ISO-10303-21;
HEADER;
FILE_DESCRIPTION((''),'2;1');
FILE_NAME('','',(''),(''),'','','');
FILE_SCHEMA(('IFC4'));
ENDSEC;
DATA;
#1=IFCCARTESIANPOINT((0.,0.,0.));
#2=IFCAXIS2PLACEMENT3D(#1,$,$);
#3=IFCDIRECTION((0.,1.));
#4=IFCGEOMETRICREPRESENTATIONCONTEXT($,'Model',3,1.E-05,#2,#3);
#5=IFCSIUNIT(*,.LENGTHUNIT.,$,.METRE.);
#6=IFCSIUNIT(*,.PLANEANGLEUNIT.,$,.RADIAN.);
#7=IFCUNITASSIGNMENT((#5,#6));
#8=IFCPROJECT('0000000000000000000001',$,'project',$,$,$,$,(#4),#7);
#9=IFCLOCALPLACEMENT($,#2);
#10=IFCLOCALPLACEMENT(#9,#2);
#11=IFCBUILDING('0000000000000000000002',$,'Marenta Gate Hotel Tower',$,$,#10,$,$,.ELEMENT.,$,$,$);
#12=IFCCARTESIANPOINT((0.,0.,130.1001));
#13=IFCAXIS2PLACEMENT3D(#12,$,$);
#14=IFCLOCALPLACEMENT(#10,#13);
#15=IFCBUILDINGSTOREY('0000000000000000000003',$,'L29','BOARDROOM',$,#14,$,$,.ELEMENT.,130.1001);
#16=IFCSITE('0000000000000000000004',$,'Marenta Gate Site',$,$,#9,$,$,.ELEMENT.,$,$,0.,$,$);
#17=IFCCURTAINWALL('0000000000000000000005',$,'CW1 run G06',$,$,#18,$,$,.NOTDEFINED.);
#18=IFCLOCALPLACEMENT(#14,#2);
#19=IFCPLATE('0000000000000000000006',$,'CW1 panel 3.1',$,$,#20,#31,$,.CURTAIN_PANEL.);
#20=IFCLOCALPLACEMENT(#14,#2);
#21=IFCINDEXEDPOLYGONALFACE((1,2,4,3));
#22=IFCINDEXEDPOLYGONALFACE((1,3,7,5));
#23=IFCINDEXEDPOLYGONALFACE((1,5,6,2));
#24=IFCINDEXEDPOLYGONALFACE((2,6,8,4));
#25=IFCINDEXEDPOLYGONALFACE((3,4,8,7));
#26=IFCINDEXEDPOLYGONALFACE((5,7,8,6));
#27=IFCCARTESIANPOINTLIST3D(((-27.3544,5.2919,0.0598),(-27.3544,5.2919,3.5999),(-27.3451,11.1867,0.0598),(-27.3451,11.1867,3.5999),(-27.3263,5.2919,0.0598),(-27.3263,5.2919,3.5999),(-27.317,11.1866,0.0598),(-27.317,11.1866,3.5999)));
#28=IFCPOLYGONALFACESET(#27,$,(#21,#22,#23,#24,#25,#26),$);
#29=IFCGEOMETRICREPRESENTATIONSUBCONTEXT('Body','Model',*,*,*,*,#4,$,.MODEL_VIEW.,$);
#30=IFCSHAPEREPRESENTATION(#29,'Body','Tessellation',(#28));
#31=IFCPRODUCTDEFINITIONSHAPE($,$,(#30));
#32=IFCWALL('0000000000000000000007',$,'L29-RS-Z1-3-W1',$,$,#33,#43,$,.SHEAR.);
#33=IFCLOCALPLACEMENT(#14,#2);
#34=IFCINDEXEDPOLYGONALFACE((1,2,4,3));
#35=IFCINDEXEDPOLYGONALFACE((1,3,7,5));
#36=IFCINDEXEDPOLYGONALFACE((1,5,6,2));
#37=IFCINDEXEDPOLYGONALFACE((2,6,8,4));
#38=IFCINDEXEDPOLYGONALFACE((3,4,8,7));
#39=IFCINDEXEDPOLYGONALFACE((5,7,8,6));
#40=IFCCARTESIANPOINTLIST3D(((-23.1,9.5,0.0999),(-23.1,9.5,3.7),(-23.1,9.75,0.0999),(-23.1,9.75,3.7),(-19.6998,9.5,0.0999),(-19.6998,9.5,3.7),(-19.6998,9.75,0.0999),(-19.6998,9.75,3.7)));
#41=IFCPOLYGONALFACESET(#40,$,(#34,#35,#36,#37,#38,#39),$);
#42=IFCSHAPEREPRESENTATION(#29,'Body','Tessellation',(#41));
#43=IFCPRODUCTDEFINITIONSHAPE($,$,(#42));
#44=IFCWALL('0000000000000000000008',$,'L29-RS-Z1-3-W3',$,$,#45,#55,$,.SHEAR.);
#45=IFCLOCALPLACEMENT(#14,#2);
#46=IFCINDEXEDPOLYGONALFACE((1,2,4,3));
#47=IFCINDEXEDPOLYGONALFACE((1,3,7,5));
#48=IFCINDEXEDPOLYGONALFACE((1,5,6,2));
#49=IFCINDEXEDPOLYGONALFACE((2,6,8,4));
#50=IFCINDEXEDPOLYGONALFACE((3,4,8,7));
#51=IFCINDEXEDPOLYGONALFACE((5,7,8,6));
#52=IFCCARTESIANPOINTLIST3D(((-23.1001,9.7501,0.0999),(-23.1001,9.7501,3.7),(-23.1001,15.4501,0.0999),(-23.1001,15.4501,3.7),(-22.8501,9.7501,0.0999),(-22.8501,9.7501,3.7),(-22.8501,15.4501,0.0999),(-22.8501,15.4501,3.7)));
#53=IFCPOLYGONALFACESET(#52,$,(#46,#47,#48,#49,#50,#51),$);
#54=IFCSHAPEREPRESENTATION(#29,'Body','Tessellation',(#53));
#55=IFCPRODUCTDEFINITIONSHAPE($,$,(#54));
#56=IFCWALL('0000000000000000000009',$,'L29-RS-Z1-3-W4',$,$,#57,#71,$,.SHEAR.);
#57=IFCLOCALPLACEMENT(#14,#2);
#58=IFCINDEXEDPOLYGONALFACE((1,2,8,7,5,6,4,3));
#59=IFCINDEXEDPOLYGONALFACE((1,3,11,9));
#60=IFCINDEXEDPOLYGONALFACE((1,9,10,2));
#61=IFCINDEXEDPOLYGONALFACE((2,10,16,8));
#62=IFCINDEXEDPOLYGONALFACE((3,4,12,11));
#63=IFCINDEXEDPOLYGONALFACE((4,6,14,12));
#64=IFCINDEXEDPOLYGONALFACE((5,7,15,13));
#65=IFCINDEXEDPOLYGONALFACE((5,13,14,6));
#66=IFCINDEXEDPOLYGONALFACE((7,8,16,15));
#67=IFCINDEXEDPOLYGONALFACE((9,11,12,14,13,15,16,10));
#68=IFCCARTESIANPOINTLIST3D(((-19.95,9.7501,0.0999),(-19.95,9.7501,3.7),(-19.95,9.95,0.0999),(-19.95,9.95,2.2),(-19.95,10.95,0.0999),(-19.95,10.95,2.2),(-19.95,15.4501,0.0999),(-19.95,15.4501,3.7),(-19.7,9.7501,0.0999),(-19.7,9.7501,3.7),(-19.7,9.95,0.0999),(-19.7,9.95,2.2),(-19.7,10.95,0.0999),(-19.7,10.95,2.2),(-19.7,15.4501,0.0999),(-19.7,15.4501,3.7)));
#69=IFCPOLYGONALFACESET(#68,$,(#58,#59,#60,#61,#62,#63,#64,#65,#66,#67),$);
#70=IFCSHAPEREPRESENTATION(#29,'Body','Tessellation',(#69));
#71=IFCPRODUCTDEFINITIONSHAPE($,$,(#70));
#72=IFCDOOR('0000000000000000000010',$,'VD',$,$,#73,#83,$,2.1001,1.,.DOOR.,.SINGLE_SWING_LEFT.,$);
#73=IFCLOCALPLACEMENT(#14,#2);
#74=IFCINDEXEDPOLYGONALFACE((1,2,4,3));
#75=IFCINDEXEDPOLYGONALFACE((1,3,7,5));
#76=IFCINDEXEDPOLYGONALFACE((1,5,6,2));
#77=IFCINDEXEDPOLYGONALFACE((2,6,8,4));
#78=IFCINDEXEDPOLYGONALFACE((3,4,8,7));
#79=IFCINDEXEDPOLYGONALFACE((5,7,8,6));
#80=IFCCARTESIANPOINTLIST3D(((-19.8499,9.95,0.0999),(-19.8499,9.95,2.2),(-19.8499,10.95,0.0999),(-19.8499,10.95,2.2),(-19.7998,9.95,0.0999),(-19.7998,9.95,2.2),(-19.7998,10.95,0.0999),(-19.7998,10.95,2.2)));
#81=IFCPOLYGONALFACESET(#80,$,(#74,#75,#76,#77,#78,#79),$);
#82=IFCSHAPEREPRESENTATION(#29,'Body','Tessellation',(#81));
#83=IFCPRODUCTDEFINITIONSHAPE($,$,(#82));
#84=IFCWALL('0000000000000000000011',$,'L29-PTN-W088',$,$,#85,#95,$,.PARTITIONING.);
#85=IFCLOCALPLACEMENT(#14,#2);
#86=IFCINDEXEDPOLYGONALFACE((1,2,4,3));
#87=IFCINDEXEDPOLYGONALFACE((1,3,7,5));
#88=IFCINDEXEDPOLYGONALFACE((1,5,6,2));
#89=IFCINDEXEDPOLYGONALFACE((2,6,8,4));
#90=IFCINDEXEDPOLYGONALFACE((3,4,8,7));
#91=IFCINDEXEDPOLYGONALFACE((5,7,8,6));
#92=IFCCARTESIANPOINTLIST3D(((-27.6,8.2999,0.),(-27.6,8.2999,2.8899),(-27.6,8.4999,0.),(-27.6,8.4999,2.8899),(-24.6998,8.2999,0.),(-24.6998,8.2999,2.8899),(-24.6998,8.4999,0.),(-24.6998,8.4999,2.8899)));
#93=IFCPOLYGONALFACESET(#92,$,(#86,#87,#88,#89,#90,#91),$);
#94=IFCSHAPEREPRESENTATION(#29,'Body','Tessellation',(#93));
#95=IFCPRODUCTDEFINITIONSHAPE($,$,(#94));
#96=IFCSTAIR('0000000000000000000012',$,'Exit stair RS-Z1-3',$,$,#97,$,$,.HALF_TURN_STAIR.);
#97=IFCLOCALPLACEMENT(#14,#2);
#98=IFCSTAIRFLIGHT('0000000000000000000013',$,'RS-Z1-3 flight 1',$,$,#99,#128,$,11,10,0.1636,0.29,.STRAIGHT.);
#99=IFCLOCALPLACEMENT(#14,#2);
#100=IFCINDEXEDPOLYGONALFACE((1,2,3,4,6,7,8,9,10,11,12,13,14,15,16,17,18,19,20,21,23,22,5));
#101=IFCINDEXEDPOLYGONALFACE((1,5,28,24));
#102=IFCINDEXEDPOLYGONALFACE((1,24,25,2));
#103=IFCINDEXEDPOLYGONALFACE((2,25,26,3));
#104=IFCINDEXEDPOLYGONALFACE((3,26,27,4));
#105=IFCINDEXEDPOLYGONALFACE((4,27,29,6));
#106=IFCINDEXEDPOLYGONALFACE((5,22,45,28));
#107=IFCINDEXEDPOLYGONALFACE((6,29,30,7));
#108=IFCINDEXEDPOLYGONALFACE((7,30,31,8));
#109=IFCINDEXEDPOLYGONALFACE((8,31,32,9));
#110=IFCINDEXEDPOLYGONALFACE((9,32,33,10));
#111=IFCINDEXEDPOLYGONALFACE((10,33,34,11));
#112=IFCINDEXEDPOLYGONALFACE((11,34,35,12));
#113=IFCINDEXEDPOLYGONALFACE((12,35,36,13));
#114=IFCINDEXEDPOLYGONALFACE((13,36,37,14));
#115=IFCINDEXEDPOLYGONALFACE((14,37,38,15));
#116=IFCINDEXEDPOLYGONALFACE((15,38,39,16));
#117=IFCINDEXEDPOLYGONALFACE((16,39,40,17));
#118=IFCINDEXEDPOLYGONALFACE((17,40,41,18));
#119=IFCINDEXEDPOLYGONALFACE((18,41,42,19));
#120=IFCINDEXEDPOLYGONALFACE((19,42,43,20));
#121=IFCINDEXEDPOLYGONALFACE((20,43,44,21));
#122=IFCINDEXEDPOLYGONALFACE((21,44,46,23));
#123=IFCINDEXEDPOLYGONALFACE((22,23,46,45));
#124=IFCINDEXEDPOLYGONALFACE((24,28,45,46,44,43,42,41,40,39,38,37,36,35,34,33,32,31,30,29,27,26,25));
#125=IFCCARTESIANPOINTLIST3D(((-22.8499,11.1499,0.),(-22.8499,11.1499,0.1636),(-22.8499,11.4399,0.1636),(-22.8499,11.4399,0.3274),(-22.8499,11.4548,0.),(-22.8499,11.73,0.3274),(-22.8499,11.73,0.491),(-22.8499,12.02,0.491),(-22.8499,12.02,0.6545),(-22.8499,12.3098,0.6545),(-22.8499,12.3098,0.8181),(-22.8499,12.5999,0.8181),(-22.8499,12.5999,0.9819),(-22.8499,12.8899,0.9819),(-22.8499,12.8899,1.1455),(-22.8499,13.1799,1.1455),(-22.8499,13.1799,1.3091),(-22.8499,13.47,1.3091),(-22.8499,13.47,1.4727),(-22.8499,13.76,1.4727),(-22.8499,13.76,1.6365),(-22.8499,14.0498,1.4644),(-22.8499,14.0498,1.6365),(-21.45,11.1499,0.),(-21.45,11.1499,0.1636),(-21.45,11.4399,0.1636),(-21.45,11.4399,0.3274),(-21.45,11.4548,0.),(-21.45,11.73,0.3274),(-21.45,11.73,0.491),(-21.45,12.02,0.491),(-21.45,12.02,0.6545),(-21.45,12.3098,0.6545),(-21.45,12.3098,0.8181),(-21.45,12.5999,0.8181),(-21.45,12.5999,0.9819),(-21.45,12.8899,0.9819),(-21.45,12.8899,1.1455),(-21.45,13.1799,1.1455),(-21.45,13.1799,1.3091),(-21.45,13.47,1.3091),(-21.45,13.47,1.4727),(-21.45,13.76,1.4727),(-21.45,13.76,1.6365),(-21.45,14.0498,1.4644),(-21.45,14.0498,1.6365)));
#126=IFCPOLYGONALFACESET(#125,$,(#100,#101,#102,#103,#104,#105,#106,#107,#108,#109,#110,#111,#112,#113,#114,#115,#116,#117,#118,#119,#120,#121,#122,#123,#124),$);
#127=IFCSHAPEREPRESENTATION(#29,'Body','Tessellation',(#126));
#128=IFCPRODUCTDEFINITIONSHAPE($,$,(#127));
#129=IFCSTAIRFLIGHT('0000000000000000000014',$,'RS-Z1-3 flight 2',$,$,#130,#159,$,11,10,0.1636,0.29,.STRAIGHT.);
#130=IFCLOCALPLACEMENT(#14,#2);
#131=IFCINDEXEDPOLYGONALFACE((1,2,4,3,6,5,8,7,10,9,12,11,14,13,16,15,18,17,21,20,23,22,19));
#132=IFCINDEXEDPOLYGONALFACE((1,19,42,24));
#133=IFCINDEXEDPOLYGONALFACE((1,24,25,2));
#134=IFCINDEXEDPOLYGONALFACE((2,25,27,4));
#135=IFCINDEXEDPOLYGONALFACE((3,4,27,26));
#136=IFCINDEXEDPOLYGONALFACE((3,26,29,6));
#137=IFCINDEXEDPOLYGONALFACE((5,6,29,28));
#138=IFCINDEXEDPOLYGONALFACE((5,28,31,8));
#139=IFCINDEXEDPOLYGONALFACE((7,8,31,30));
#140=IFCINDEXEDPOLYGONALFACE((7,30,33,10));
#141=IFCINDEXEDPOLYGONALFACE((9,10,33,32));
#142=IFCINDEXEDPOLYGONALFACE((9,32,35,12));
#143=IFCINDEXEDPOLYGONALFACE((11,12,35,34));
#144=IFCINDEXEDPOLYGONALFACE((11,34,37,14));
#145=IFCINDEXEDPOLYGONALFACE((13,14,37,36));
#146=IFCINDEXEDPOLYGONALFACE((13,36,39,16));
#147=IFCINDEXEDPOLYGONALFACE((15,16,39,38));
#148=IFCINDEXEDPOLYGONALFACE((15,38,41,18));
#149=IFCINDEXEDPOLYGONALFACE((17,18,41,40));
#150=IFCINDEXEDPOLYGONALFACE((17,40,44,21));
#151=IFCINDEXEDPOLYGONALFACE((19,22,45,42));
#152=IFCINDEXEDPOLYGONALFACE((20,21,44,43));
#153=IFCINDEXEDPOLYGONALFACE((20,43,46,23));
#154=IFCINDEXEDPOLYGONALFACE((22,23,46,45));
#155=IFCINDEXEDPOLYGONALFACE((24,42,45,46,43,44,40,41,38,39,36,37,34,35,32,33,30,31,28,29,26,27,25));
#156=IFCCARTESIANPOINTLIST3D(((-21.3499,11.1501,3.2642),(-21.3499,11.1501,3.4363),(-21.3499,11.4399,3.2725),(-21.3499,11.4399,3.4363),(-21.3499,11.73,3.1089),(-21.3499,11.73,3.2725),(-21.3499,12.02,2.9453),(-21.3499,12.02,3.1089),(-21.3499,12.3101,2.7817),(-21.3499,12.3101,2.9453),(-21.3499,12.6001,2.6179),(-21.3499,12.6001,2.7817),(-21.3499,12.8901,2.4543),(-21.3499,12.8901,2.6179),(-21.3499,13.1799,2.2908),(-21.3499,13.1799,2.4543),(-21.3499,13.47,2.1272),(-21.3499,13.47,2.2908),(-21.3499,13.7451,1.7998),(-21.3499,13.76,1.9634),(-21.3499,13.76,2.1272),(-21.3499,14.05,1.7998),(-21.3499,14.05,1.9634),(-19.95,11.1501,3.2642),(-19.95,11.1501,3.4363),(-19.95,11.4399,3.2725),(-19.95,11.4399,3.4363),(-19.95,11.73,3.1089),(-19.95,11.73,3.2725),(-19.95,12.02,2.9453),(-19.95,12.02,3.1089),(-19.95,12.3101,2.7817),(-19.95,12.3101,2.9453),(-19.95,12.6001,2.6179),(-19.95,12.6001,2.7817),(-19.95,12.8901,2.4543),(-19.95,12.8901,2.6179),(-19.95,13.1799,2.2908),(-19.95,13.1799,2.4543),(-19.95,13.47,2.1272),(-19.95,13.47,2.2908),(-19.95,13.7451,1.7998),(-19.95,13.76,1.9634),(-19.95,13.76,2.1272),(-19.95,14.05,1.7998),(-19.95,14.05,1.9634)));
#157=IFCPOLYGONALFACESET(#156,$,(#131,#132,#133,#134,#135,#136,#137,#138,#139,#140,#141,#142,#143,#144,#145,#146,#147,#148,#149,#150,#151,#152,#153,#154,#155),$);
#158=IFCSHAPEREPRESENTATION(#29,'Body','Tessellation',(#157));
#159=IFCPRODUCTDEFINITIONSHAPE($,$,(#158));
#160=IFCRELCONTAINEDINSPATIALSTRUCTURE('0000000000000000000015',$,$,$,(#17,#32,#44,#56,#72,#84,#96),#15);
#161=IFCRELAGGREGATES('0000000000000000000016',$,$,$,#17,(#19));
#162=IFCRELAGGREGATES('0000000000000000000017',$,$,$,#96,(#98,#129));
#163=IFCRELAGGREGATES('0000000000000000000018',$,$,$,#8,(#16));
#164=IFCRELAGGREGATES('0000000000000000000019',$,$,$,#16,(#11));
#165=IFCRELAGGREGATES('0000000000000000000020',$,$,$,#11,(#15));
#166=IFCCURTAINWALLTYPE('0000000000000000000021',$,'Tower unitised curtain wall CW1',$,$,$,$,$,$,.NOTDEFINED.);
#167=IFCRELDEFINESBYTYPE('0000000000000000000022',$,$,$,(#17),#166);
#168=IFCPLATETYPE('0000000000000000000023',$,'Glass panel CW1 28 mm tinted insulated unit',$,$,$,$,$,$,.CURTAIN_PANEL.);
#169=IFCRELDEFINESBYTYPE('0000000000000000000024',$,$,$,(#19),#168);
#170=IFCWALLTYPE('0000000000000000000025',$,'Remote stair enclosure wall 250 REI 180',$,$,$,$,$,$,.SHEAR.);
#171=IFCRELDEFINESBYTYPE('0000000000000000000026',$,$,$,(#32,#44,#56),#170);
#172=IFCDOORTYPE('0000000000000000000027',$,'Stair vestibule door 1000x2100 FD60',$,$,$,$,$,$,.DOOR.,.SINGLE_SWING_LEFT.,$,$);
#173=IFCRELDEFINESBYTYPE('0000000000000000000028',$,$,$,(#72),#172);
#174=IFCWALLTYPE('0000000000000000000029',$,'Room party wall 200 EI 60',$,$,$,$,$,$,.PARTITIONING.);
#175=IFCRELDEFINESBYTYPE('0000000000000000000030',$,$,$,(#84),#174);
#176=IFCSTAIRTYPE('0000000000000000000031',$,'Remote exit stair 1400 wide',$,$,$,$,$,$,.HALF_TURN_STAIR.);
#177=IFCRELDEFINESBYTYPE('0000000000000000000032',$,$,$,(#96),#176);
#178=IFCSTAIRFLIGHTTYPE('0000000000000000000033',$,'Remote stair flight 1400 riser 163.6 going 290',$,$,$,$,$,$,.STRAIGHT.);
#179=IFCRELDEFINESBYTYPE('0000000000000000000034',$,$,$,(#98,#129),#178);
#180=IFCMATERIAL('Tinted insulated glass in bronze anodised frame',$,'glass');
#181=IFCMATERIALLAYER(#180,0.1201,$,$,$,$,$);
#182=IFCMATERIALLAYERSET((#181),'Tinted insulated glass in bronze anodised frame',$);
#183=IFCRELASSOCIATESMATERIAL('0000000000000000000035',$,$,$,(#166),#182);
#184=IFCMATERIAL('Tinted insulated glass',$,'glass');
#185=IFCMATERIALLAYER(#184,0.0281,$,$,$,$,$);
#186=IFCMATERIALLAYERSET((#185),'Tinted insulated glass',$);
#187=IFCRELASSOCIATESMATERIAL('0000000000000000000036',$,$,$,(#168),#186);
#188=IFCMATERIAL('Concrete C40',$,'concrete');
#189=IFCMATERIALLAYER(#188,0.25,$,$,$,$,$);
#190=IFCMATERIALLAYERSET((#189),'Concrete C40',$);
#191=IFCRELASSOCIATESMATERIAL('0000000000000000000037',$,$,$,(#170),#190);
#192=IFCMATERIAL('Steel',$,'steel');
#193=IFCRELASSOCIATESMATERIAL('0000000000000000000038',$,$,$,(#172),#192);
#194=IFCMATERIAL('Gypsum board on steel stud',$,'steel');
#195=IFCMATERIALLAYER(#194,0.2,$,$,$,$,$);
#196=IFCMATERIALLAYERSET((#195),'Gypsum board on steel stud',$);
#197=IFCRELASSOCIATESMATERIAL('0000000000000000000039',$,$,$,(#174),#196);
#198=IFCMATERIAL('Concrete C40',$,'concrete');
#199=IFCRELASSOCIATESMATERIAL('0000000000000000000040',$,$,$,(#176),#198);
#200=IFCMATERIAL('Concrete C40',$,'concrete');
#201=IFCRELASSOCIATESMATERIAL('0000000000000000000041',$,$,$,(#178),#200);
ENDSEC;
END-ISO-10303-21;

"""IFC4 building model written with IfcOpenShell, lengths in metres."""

from ifc_helpers import new_model, si_unit, direction, frame, frame_2d, origin, origin_2d, place, context, subcontext, project, spatial, polyline, rectangle, outline, extrude, material, layer, layer_set, type_object, element, fill, aggregate, save


model = new_model("IFC4")

# Units and contexts
model_context = context("Model", 3, precision=1e-05, world=origin(), true_north=direction((0.0, 1.0)))
body_context = subcontext(model_context, "Body", "Model", "MODEL_VIEW")
ifc_project = project(units=[si_unit("LENGTHUNIT", "METRE"), si_unit("PLANEANGLEUNIT", "RADIAN")], contexts=[model_context])

# Site, building, storey
site_placement = place(None, origin())
site = spatial("IfcSite", under=ifc_project, at=site_placement, Name="Marenta Gate Site", CompositionType="ELEMENT", RefElevation=0.0)
building_placement = place(site_placement, origin())
building = spatial("IfcBuilding", under=site, at=building_placement, Name="Marenta Gate Hotel Tower", CompositionType="ELEMENT")
storey_placement = place(building_placement, frame((0.0, 0.0, 130.1001)))
storey = spatial("IfcBuildingStorey", under=building, at=storey_placement, Name="L29", Description="BOARDROOM", CompositionType="ELEMENT", Elevation=130.1001)

# Curtain wall, plate
ifc_material_1 = material(Name="Tinted insulated glass in bronze anodised frame", Category="glass")
ifc_layer_1 = layer(ifc_material_1, 0.1201)
ifc_layer_set_1 = layer_set([ifc_layer_1], Name="Tinted insulated glass in bronze anodised frame")
curtain_wall_type = type_object("IfcCurtainWallType", Name="Tower unitised curtain wall CW1", PredefinedType="NOTDEFINED", material=ifc_layer_set_1)
curtain_wall_placement = place(storey_placement, origin())
curtain_wall = element("IfcCurtainWall", 1, at=curtain_wall_placement, inside=storey, type_object=curtain_wall_type, Name="CW1 run G06", PredefinedType="NOTDEFINED")
ifc_material_2 = material(Name="Tinted insulated glass", Category="glass")
ifc_layer_2 = layer(ifc_material_2, 0.0281)
ifc_layer_set_2 = layer_set([ifc_layer_2], Name="Tinted insulated glass")
plate_type = type_object("IfcPlateType", Name="Glass panel CW1 28 mm tinted insulated unit", PredefinedType="CURTAIN_PANEL", material=ifc_layer_set_2)
plate_1_placement = place(storey_placement, frame((-27.3357, 8.2393, 0.0598), z_axis=(0.0, 0.0, 1.0), x_axis=(-0.00157, -0.999999, 0.0)))
plate_1 = element("IfcPlate", 2, at=plate_1_placement, type_object=plate_type, Name="CW1 panel 3.1", PredefinedType="CURTAIN_PANEL", context=body_context, shape_type="SweptSolid", body=[
    extrude(rectangle(XDim=5.8948, YDim=0.0281, at=origin_2d()), origin(), (0.0, 0.0, 1.0), 3.54),
])
aggregate(curtain_wall, [plate_1])

# Walls
ifc_material_3 = material(Name="Concrete C40", Category="concrete")
ifc_layer_3 = layer(ifc_material_3, 0.25)
ifc_layer_set_3 = layer_set([ifc_layer_3], Name="Concrete C40")
wall_type_1 = type_object("IfcWallType", Name="Remote stair enclosure wall 250 REI 180", PredefinedType="SHEAR", material=ifc_layer_set_3)
wall_1_placement = place(storey_placement, frame((-23.1001, 9.625, 0.0999), z_axis=(0.0, 0.0, 1.0), x_axis=(1.0, 0.0, 0.0)))
element("IfcWall", 3, at=wall_1_placement, inside=storey, type_object=wall_type_1, Name="L29-RS-Z1-3-W1", PredefinedType="SHEAR", context=body_context, shape_type="SweptSolid", body=[
    extrude(rectangle(XDim=3.4001, YDim=0.25, at=frame_2d((1.7002, 0.0))), origin(), (0.0, 0.0, 1.0), 3.6001),
])
wall_2_placement = place(storey_placement, frame((-22.9751, 9.75, 0.0999), z_axis=(0.0, 0.0, 1.0), x_axis=(0.0, 1.0, 0.0)))
element("IfcWall", 4, at=wall_2_placement, inside=storey, type_object=wall_type_1, Name="L29-RS-Z1-3-W3", PredefinedType="SHEAR", context=body_context, shape_type="SweptSolid", body=[
    extrude(rectangle(XDim=5.7, YDim=0.25, at=frame_2d((2.8501, 0.0))), origin(), (0.0, 0.0, 1.0), 3.6001),
])

# Wall, opening, door
wall_3_placement = place(storey_placement, frame((-19.825, 9.75, 0.0999), z_axis=(0.0, 0.0, 1.0), x_axis=(0.0, 1.0, 0.0)))
wall_3 = element("IfcWall", 5, at=wall_3_placement, inside=storey, type_object=wall_type_1, Name="L29-RS-Z1-3-W4", PredefinedType="SHEAR", context=body_context, shape_type="SweptSolid", body=[
    extrude(rectangle(XDim=5.7, YDim=0.25, at=frame_2d((2.8501, 0.0))), origin(), (0.0, 0.0, 1.0), 3.6001),
])
opening_1_placement = place(wall_3_placement, frame((0.2, 0.0, 0.0)))
opening_1 = element("IfcOpeningElement", 6, at=opening_1_placement, cuts=wall_3, PredefinedType="OPENING", context=body_context, shape_type="SweptSolid", body=[
    extrude(rectangle(XDim=1.0, YDim=2.1001, at=frame_2d((0.5, 1.05))), frame((0.0, 0.125, 0.0), z_axis=(0.0, -1.0, 0.0), x_axis=(1.0, 0.0, 0.0)), (0.0, 0.0, 1.0), 0.25),
])
ifc_material_4 = material(Name="Steel", Category="steel")
door_type_1 = type_object("IfcDoorType", Name="Stair vestibule door 1000x2100 FD60", OperationType="SINGLE_SWING_LEFT", PredefinedType="DOOR", material=ifc_material_4)
door_1_placement = place(opening_1_placement, origin())
door_1 = element("IfcDoor", 7, at=door_1_placement, inside=storey, type_object=door_type_1, Name="VD", OperationType="SINGLE_SWING_LEFT", OverallHeight=2.1001, OverallWidth=1.0, PredefinedType="DOOR", context=body_context, shape_type="SweptSolid", body=[
    extrude(rectangle(XDim=1.0, YDim=2.1001, at=frame_2d((0.5, 1.05))), frame((0.0, 0.0249, 0.0), z_axis=(0.0, -1.0, 0.0), x_axis=(1.0, 0.0, 0.0)), (0.0, 0.0, 1.0), 0.05),
])
fill(opening_1, door_1)

# Wall
ifc_material_5 = material(Name="Gypsum board on steel stud", Category="steel")
ifc_layer_4 = layer(ifc_material_5, 0.2)
ifc_layer_set_4 = layer_set([ifc_layer_4], Name="Gypsum board on steel stud")
wall_type_2 = type_object("IfcWallType", Name="Room party wall 200 EI 60", PredefinedType="PARTITIONING", material=ifc_layer_set_4)
wall_4_placement = place(storey_placement, frame((-27.6001, 8.3999, 0.0), z_axis=(0.0, 0.0, 1.0), x_axis=(1.0, 0.0, 0.0)))
element("IfcWall", 8, at=wall_4_placement, inside=storey, type_object=wall_type_2, Name="L29-PTN-W088", PredefinedType="PARTITIONING", context=body_context, shape_type="SweptSolid", body=[
    extrude(rectangle(XDim=2.9001, YDim=0.2, at=frame_2d((1.4502, 0.0))), origin(), (0.0, 0.0, 1.0), 2.8899),
])

# Stair, stair flights
ifc_material_6 = material(Name="Concrete C40", Category="concrete")
stair_type = type_object("IfcStairType", Name="Remote exit stair 1400 wide", PredefinedType="HALF_TURN_STAIR", material=ifc_material_6)
stair_placement = place(storey_placement, origin())
stair = element("IfcStair", 9, at=stair_placement, inside=storey, type_object=stair_type, Name="Exit stair RS-Z1-3", PredefinedType="HALF_TURN_STAIR")
ifc_material_7 = material(Name="Concrete C40", Category="concrete")
stair_flight_type = type_object("IfcStairFlightType", Name="Remote stair flight 1400 riser 163.6 going 290", PredefinedType="STRAIGHT", material=ifc_material_7)
stair_flight_1_placement = place(storey_placement, frame((-22.1499, 11.1499, 0.0), z_axis=(0.0, 0.0, 1.0), x_axis=(0.0, 1.0, 0.0)))
stair_flight_1 = element("IfcStairFlight", 10, at=stair_flight_1_placement, type_object=stair_flight_type, Name="RS-Z1-3 flight 1", NumberOfRisers=11, NumberOfTreads=10, PredefinedType="STRAIGHT", RiserHeight=0.1636, TreadLength=0.29, context=body_context, shape_type="SweptSolid", body=[
    extrude(outline(polyline([(0.0, 0.0), (0.0, 0.1636), (0.29, 0.1636), (0.29, 0.3274), (0.5801, 0.3274), (0.5801, 0.491), (0.8701, 0.491), (0.8701, 0.6545), (1.1599, 0.6545), (1.1599, 0.8181), (1.45, 0.8181), (1.45, 0.9819), (1.74, 0.9819), (1.74, 1.1455), (2.03, 1.1455), (2.03, 1.3091), (2.3201, 1.3091), (2.3201, 1.4727), (2.6101, 1.4727), (2.6101, 1.6365), (2.8999, 1.6365), (2.8999, 1.8), (2.8999, 1.4644), (0.3049, 0.0), (0.0, 0.0)])), frame((0.0, 0.7, 0.0), z_axis=(0.0, -1.0, 0.0), x_axis=(1.0, 0.0, 0.0)), (0.0, 0.0, 1.0), 1.3999),
])
stair_flight_2_placement = place(storey_placement, frame((-20.6499, 14.05, 1.7998), z_axis=(0.0, 0.0, 1.0), x_axis=(0.0, -1.0, 0.0)))
stair_flight_2 = element("IfcStairFlight", 11, at=stair_flight_2_placement, type_object=stair_flight_type, Name="RS-Z1-3 flight 2", NumberOfRisers=11, NumberOfTreads=10, PredefinedType="STRAIGHT", RiserHeight=0.1636, TreadLength=0.29, context=body_context, shape_type="SweptSolid", body=[
    extrude(outline(polyline([(0.0, 0.0), (0.0, 0.1636), (0.29, 0.1636), (0.29, 0.3274), (0.5801, 0.3274), (0.5801, 0.491), (0.8701, 0.491), (0.8701, 0.6545), (1.1599, 0.6545), (1.1599, 0.8181), (1.45, 0.8181), (1.45, 0.9819), (1.74, 0.9819), (1.74, 1.1455), (2.03, 1.1455), (2.03, 1.3091), (2.3201, 1.3091), (2.3201, 1.4727), (2.6101, 1.4727), (2.6101, 1.6365), (2.8999, 1.6365), (2.8999, 1.8), (2.8999, 1.4644), (0.3049, 0.0), (0.0, 0.0)])), frame((0.0, 0.7, 0.0), z_axis=(0.0, -1.0, 0.0), x_axis=(1.0, 0.0, 0.0)), (0.0, 0.0, 1.0), 1.3999),
])
aggregate(stair, [stair_flight_1, stair_flight_2])

save(model, "model.ifc")
